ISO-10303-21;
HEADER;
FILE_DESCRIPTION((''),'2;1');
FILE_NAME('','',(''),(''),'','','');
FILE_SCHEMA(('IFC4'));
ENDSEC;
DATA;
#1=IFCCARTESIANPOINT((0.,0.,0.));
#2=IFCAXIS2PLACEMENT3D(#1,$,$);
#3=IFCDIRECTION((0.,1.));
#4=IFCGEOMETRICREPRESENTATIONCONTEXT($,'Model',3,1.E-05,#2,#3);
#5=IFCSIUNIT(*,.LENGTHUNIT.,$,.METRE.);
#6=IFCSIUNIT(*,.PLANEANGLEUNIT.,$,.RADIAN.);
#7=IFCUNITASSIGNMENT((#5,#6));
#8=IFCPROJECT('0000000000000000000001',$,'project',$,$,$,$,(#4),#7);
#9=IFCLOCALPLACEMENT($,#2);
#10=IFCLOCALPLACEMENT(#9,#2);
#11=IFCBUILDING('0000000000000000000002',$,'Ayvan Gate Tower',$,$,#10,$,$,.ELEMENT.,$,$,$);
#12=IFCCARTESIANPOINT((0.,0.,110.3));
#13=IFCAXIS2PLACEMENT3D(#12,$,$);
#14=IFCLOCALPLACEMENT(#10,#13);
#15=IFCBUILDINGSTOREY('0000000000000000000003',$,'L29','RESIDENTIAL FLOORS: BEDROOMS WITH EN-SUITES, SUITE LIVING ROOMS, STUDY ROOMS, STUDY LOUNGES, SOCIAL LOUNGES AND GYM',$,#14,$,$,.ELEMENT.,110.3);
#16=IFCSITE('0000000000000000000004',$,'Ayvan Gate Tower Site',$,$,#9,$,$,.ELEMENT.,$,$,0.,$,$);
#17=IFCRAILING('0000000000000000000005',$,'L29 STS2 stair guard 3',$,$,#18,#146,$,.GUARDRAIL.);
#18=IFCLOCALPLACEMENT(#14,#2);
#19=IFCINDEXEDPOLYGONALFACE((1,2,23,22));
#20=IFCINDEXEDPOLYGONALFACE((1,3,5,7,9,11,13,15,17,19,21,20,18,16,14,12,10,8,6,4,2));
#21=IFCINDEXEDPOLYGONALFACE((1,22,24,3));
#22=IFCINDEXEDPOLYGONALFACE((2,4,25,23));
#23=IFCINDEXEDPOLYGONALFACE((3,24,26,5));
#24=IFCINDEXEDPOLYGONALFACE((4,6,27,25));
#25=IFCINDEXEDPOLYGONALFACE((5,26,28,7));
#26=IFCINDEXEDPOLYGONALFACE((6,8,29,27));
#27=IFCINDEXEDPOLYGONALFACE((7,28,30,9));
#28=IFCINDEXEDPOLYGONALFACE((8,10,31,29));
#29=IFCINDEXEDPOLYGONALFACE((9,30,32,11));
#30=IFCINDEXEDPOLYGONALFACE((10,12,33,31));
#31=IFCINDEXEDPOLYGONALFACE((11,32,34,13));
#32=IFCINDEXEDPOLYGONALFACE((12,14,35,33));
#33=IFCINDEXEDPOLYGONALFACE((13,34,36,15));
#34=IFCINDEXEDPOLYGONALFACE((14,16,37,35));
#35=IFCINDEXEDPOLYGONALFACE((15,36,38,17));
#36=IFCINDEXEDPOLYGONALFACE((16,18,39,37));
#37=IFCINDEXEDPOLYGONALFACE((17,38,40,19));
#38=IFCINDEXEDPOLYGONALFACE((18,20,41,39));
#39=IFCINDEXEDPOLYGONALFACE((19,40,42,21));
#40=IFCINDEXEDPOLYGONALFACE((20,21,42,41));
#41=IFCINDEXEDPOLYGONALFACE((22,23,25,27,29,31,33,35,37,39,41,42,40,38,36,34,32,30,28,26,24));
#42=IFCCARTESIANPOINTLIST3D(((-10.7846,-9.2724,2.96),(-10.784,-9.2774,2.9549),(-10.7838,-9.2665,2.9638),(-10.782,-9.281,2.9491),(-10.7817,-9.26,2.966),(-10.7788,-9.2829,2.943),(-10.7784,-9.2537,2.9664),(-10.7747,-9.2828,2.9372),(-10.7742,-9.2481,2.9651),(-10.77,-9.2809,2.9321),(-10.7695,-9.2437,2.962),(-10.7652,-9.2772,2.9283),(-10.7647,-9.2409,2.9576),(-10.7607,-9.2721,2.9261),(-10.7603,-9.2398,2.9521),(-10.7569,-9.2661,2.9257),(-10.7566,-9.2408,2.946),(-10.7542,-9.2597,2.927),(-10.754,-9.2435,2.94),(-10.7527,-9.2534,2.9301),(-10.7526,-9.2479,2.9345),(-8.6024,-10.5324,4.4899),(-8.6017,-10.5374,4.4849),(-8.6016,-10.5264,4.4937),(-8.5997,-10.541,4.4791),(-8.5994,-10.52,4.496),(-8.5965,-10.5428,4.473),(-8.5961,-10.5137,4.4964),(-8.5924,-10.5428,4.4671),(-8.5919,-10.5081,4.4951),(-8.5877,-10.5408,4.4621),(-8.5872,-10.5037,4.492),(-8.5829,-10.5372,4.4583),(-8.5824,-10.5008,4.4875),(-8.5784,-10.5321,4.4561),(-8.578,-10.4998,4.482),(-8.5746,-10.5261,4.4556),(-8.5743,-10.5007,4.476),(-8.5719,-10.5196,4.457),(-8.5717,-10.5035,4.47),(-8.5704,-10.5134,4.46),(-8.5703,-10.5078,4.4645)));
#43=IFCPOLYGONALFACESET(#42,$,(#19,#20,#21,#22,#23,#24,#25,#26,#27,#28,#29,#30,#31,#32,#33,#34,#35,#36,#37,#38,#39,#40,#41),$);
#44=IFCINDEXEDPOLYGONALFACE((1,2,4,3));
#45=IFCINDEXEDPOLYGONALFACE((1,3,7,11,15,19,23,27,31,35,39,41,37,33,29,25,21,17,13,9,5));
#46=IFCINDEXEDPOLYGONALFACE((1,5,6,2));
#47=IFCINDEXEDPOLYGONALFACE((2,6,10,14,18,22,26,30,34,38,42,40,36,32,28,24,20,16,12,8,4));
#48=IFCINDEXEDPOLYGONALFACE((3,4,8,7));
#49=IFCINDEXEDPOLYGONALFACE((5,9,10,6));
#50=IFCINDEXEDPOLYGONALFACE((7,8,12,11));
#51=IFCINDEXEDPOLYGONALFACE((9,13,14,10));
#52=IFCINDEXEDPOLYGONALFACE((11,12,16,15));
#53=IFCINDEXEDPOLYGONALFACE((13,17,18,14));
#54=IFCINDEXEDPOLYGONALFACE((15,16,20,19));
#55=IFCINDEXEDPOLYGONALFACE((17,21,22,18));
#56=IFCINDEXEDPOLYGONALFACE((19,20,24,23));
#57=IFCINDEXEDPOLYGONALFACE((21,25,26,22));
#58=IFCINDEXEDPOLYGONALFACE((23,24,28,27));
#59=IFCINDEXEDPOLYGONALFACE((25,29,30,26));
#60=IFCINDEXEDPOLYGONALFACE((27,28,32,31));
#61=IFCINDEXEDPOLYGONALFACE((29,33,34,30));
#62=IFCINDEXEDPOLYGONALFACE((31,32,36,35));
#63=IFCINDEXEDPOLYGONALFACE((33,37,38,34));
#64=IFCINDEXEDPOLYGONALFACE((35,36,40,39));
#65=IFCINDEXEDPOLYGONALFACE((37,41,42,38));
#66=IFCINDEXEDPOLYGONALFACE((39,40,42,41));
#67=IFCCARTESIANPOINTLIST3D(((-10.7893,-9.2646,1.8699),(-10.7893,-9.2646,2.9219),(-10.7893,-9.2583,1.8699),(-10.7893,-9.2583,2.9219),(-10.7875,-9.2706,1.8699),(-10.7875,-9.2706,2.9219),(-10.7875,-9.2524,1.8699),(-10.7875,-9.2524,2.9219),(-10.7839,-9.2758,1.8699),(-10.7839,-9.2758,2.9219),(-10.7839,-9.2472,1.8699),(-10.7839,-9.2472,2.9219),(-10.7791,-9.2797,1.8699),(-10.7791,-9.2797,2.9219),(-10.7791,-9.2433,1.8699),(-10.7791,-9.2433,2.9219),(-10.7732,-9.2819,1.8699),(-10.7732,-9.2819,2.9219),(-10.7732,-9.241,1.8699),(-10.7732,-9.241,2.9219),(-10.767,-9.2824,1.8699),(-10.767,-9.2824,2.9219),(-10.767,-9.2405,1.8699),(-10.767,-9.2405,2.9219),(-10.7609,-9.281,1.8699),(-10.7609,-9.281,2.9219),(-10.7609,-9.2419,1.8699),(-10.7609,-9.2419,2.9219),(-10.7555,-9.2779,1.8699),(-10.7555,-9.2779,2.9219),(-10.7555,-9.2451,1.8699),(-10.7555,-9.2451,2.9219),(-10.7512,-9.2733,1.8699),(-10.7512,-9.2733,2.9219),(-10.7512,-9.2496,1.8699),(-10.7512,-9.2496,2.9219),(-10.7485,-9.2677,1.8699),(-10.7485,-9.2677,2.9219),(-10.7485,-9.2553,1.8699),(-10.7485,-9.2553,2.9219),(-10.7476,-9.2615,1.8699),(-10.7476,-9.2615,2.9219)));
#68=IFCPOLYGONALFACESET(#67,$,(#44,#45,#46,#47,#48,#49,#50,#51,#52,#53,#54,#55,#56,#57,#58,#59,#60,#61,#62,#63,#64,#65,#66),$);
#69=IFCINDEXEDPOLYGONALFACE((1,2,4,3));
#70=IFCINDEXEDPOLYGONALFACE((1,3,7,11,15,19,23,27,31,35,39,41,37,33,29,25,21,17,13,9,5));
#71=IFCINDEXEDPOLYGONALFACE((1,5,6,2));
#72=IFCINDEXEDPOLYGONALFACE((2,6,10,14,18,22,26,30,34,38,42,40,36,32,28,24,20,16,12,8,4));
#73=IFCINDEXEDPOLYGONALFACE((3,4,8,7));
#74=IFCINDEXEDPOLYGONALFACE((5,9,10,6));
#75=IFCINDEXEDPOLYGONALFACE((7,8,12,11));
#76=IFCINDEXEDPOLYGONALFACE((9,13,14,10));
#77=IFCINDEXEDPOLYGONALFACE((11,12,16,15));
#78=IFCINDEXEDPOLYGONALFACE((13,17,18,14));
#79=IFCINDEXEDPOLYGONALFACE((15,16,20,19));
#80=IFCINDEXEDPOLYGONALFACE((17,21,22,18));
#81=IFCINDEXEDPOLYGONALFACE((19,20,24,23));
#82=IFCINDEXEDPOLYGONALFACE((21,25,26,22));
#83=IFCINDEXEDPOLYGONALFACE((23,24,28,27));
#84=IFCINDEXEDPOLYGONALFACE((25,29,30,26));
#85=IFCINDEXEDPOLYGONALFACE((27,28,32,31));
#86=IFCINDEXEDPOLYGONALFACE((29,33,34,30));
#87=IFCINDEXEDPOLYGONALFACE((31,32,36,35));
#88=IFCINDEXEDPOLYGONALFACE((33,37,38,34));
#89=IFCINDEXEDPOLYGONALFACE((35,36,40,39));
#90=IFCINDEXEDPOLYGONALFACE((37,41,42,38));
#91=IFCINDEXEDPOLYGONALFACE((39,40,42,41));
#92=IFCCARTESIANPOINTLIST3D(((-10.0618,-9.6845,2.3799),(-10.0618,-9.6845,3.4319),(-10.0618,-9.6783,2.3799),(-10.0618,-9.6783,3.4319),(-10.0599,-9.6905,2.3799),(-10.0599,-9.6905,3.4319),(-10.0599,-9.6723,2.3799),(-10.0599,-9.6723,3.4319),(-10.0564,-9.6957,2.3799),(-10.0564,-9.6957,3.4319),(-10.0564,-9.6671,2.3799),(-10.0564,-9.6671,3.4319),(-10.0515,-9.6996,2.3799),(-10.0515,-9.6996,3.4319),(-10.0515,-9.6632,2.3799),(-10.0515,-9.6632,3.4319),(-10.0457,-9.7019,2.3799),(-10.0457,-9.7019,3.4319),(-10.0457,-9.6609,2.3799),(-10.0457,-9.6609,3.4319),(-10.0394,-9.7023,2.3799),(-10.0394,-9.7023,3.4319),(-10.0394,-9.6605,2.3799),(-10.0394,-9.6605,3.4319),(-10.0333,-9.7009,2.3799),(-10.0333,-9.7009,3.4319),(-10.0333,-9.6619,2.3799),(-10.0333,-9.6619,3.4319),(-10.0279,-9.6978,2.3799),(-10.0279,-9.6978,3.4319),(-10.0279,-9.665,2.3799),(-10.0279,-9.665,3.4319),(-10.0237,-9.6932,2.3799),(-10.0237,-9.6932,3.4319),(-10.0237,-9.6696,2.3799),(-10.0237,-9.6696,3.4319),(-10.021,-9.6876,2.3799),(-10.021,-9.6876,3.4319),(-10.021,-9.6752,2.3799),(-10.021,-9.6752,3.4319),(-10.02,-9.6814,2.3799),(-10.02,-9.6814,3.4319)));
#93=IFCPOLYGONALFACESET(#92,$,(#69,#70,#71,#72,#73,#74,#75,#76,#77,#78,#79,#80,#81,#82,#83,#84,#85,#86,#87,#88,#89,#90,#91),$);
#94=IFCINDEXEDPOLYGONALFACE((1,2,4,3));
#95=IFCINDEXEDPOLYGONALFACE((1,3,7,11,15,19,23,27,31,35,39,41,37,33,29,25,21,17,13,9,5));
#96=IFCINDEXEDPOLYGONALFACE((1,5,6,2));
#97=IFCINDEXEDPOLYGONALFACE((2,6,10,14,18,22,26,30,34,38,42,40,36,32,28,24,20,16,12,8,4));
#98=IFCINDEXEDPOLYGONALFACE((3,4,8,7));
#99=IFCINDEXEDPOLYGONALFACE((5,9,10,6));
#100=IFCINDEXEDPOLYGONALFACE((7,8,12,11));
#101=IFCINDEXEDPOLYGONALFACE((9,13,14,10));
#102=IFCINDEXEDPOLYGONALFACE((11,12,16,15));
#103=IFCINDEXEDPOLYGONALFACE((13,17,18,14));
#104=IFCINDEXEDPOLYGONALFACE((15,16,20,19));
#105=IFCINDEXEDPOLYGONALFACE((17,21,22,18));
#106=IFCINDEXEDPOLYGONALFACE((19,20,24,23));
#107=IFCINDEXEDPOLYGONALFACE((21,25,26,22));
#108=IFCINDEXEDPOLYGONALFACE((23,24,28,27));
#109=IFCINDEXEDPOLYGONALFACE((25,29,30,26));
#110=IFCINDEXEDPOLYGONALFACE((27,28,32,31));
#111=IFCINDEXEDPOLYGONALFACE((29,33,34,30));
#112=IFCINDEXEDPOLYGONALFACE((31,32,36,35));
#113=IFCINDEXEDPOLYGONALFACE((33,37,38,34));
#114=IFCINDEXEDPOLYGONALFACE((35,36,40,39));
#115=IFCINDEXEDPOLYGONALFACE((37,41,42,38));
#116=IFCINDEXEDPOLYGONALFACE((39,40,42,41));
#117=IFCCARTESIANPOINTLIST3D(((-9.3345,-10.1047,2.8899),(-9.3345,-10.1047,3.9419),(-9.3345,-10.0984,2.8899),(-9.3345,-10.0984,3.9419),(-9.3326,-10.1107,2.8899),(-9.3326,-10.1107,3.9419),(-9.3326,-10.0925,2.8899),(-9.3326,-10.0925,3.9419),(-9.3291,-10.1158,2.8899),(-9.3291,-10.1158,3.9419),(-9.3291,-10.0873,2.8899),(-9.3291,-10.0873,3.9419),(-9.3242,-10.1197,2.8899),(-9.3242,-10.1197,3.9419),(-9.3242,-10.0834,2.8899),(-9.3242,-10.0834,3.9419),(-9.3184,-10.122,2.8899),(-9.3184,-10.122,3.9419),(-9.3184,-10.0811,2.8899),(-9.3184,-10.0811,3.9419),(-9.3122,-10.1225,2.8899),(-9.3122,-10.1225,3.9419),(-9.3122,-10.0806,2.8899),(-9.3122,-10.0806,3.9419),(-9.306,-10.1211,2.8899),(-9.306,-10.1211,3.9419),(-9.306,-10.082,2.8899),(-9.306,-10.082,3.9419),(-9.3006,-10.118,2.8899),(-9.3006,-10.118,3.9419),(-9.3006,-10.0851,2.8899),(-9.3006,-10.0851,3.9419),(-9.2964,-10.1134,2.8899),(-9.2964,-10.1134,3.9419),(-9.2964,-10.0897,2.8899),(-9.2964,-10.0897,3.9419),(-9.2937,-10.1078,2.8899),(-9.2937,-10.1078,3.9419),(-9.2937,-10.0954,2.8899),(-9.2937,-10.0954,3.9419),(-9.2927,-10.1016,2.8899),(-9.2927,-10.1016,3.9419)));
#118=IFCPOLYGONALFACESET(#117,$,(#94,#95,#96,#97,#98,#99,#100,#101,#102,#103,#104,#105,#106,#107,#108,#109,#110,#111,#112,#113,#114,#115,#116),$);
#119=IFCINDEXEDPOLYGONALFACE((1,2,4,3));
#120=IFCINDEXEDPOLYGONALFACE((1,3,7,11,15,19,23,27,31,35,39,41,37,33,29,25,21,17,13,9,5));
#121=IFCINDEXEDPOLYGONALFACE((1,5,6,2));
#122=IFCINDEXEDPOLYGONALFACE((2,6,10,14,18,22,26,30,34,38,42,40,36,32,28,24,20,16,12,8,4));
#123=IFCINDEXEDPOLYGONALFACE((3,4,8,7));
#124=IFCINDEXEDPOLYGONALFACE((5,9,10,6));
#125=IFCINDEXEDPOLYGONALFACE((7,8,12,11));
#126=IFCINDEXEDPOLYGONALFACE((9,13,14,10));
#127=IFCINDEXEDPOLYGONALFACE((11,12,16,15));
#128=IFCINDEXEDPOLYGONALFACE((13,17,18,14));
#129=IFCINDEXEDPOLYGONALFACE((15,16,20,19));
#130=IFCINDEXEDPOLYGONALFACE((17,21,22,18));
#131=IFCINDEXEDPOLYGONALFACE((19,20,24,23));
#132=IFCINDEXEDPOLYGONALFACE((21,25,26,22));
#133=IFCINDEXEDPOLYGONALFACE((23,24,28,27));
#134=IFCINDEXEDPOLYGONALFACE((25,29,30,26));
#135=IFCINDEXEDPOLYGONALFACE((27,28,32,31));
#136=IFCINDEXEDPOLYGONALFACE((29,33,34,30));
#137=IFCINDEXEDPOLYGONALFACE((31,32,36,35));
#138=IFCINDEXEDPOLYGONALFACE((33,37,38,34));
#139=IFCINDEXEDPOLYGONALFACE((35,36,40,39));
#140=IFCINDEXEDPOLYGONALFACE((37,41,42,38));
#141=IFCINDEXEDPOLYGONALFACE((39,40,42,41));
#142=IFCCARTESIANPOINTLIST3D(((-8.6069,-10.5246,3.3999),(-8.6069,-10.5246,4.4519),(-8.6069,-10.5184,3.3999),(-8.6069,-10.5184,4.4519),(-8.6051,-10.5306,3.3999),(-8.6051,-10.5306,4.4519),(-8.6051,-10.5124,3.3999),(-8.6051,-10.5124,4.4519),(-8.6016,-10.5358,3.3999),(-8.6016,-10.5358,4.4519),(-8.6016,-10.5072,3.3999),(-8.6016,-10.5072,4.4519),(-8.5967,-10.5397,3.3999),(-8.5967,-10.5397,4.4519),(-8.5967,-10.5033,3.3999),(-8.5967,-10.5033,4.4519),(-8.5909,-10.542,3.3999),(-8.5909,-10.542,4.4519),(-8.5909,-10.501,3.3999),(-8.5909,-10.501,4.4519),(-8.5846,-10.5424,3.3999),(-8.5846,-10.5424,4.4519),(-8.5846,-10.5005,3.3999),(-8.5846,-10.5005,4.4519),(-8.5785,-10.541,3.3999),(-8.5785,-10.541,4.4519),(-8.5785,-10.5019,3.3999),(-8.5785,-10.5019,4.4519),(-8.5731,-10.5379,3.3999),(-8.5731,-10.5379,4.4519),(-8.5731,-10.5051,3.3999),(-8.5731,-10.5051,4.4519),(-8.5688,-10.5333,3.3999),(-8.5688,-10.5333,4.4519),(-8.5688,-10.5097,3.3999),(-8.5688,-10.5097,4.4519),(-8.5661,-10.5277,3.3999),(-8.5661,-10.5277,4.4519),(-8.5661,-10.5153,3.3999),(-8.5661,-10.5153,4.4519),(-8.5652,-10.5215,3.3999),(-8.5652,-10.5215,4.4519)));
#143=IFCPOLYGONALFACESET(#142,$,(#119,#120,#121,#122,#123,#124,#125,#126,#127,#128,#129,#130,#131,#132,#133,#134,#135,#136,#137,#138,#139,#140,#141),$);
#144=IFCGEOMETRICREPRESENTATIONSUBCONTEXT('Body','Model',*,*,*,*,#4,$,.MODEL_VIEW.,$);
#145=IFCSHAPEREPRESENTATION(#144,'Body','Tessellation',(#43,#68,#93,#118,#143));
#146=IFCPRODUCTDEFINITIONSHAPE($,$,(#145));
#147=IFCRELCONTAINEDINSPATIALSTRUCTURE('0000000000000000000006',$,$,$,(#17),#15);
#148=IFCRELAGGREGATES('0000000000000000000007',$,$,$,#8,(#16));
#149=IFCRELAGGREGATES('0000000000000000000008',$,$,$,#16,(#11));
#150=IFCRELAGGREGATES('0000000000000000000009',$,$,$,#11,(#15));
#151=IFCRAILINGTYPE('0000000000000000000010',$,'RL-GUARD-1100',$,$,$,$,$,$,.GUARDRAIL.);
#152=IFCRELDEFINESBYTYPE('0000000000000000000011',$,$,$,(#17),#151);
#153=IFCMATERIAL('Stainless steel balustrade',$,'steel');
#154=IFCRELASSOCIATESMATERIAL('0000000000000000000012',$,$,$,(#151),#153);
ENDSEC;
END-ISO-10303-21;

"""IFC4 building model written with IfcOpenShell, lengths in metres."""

from ifc_helpers import new_model, si_unit, direction, frame, origin, origin_2d, place, context, subcontext, project, spatial, circle, extrude, material, type_object, element, save


model = new_model("IFC4")

# Units and contexts
model_context = context("Model", 3, precision=1e-05, world=origin(), true_north=direction((0.0, 1.0)))
body_context = subcontext(model_context, "Body", "Model", "MODEL_VIEW")
ifc_project = project(units=[si_unit("LENGTHUNIT", "METRE"), si_unit("PLANEANGLEUNIT", "RADIAN")], contexts=[model_context])

# Site, building, storey
site_placement = place(None, origin())
site = spatial("IfcSite", under=ifc_project, at=site_placement, Name="Ayvan Gate Tower Site", CompositionType="ELEMENT", RefElevation=0.0)
building_placement = place(site_placement, origin())
building = spatial("IfcBuilding", under=site, at=building_placement, Name="Ayvan Gate Tower", CompositionType="ELEMENT")
storey_placement = place(building_placement, frame((0.0, 0.0, 110.3)))
storey = spatial("IfcBuildingStorey", under=building, at=storey_placement, Name="L29", Description="RESIDENTIAL FLOORS: BEDROOMS WITH EN-SUITES, SUITE LIVING ROOMS, STUDY ROOMS, STUDY LOUNGES, SOCIAL LOUNGES AND GYM", CompositionType="ELEMENT", Elevation=110.3)

# Railing
ifc_material_1 = material(Name="Stainless steel balustrade", Category="steel")
railing_type_1 = type_object("IfcRailingType", Name="RL-GUARD-1100", PredefinedType="GUARDRAIL", material=ifc_material_1)
railing_1_placement = place(storey_placement, frame((-10.7686, -9.2615, 1.8699)))
element("IfcRailing", 1, at=railing_1_placement, inside=storey, type_object=railing_type_1, Name="L29 STS2 stair guard 3", PredefinedType="GUARDRAIL", context=body_context, shape_type="SweptSolid", body=[
    extrude(circle(Radius=0.0239, at=origin_2d()), frame((0.0, 0.0, 1.0762), z_axis=(0.740261, -0.427395, 0.518986), x_axis=(0.500005, 0.866023, 0.0)), (0.0, 0.0, 1.0), 2.948),
    extrude(circle(Radius=0.021, at=origin_2d()), origin(), (0.0, 0.0, 1.0), 1.052),
    extrude(circle(Radius=0.021, at=origin_2d()), frame((0.7275, -0.4199, 0.51)), (0.0, 0.0, 1.0), 1.052),
    extrude(circle(Radius=0.021, at=origin_2d()), frame((1.4548, -0.8401, 1.02)), (0.0, 0.0, 1.0), 1.052),
    extrude(circle(Radius=0.021, at=origin_2d()), frame((2.1824, -1.26, 1.53)), (0.0, 0.0, 1.0), 1.052),
])

save(model, "model.ifc")
